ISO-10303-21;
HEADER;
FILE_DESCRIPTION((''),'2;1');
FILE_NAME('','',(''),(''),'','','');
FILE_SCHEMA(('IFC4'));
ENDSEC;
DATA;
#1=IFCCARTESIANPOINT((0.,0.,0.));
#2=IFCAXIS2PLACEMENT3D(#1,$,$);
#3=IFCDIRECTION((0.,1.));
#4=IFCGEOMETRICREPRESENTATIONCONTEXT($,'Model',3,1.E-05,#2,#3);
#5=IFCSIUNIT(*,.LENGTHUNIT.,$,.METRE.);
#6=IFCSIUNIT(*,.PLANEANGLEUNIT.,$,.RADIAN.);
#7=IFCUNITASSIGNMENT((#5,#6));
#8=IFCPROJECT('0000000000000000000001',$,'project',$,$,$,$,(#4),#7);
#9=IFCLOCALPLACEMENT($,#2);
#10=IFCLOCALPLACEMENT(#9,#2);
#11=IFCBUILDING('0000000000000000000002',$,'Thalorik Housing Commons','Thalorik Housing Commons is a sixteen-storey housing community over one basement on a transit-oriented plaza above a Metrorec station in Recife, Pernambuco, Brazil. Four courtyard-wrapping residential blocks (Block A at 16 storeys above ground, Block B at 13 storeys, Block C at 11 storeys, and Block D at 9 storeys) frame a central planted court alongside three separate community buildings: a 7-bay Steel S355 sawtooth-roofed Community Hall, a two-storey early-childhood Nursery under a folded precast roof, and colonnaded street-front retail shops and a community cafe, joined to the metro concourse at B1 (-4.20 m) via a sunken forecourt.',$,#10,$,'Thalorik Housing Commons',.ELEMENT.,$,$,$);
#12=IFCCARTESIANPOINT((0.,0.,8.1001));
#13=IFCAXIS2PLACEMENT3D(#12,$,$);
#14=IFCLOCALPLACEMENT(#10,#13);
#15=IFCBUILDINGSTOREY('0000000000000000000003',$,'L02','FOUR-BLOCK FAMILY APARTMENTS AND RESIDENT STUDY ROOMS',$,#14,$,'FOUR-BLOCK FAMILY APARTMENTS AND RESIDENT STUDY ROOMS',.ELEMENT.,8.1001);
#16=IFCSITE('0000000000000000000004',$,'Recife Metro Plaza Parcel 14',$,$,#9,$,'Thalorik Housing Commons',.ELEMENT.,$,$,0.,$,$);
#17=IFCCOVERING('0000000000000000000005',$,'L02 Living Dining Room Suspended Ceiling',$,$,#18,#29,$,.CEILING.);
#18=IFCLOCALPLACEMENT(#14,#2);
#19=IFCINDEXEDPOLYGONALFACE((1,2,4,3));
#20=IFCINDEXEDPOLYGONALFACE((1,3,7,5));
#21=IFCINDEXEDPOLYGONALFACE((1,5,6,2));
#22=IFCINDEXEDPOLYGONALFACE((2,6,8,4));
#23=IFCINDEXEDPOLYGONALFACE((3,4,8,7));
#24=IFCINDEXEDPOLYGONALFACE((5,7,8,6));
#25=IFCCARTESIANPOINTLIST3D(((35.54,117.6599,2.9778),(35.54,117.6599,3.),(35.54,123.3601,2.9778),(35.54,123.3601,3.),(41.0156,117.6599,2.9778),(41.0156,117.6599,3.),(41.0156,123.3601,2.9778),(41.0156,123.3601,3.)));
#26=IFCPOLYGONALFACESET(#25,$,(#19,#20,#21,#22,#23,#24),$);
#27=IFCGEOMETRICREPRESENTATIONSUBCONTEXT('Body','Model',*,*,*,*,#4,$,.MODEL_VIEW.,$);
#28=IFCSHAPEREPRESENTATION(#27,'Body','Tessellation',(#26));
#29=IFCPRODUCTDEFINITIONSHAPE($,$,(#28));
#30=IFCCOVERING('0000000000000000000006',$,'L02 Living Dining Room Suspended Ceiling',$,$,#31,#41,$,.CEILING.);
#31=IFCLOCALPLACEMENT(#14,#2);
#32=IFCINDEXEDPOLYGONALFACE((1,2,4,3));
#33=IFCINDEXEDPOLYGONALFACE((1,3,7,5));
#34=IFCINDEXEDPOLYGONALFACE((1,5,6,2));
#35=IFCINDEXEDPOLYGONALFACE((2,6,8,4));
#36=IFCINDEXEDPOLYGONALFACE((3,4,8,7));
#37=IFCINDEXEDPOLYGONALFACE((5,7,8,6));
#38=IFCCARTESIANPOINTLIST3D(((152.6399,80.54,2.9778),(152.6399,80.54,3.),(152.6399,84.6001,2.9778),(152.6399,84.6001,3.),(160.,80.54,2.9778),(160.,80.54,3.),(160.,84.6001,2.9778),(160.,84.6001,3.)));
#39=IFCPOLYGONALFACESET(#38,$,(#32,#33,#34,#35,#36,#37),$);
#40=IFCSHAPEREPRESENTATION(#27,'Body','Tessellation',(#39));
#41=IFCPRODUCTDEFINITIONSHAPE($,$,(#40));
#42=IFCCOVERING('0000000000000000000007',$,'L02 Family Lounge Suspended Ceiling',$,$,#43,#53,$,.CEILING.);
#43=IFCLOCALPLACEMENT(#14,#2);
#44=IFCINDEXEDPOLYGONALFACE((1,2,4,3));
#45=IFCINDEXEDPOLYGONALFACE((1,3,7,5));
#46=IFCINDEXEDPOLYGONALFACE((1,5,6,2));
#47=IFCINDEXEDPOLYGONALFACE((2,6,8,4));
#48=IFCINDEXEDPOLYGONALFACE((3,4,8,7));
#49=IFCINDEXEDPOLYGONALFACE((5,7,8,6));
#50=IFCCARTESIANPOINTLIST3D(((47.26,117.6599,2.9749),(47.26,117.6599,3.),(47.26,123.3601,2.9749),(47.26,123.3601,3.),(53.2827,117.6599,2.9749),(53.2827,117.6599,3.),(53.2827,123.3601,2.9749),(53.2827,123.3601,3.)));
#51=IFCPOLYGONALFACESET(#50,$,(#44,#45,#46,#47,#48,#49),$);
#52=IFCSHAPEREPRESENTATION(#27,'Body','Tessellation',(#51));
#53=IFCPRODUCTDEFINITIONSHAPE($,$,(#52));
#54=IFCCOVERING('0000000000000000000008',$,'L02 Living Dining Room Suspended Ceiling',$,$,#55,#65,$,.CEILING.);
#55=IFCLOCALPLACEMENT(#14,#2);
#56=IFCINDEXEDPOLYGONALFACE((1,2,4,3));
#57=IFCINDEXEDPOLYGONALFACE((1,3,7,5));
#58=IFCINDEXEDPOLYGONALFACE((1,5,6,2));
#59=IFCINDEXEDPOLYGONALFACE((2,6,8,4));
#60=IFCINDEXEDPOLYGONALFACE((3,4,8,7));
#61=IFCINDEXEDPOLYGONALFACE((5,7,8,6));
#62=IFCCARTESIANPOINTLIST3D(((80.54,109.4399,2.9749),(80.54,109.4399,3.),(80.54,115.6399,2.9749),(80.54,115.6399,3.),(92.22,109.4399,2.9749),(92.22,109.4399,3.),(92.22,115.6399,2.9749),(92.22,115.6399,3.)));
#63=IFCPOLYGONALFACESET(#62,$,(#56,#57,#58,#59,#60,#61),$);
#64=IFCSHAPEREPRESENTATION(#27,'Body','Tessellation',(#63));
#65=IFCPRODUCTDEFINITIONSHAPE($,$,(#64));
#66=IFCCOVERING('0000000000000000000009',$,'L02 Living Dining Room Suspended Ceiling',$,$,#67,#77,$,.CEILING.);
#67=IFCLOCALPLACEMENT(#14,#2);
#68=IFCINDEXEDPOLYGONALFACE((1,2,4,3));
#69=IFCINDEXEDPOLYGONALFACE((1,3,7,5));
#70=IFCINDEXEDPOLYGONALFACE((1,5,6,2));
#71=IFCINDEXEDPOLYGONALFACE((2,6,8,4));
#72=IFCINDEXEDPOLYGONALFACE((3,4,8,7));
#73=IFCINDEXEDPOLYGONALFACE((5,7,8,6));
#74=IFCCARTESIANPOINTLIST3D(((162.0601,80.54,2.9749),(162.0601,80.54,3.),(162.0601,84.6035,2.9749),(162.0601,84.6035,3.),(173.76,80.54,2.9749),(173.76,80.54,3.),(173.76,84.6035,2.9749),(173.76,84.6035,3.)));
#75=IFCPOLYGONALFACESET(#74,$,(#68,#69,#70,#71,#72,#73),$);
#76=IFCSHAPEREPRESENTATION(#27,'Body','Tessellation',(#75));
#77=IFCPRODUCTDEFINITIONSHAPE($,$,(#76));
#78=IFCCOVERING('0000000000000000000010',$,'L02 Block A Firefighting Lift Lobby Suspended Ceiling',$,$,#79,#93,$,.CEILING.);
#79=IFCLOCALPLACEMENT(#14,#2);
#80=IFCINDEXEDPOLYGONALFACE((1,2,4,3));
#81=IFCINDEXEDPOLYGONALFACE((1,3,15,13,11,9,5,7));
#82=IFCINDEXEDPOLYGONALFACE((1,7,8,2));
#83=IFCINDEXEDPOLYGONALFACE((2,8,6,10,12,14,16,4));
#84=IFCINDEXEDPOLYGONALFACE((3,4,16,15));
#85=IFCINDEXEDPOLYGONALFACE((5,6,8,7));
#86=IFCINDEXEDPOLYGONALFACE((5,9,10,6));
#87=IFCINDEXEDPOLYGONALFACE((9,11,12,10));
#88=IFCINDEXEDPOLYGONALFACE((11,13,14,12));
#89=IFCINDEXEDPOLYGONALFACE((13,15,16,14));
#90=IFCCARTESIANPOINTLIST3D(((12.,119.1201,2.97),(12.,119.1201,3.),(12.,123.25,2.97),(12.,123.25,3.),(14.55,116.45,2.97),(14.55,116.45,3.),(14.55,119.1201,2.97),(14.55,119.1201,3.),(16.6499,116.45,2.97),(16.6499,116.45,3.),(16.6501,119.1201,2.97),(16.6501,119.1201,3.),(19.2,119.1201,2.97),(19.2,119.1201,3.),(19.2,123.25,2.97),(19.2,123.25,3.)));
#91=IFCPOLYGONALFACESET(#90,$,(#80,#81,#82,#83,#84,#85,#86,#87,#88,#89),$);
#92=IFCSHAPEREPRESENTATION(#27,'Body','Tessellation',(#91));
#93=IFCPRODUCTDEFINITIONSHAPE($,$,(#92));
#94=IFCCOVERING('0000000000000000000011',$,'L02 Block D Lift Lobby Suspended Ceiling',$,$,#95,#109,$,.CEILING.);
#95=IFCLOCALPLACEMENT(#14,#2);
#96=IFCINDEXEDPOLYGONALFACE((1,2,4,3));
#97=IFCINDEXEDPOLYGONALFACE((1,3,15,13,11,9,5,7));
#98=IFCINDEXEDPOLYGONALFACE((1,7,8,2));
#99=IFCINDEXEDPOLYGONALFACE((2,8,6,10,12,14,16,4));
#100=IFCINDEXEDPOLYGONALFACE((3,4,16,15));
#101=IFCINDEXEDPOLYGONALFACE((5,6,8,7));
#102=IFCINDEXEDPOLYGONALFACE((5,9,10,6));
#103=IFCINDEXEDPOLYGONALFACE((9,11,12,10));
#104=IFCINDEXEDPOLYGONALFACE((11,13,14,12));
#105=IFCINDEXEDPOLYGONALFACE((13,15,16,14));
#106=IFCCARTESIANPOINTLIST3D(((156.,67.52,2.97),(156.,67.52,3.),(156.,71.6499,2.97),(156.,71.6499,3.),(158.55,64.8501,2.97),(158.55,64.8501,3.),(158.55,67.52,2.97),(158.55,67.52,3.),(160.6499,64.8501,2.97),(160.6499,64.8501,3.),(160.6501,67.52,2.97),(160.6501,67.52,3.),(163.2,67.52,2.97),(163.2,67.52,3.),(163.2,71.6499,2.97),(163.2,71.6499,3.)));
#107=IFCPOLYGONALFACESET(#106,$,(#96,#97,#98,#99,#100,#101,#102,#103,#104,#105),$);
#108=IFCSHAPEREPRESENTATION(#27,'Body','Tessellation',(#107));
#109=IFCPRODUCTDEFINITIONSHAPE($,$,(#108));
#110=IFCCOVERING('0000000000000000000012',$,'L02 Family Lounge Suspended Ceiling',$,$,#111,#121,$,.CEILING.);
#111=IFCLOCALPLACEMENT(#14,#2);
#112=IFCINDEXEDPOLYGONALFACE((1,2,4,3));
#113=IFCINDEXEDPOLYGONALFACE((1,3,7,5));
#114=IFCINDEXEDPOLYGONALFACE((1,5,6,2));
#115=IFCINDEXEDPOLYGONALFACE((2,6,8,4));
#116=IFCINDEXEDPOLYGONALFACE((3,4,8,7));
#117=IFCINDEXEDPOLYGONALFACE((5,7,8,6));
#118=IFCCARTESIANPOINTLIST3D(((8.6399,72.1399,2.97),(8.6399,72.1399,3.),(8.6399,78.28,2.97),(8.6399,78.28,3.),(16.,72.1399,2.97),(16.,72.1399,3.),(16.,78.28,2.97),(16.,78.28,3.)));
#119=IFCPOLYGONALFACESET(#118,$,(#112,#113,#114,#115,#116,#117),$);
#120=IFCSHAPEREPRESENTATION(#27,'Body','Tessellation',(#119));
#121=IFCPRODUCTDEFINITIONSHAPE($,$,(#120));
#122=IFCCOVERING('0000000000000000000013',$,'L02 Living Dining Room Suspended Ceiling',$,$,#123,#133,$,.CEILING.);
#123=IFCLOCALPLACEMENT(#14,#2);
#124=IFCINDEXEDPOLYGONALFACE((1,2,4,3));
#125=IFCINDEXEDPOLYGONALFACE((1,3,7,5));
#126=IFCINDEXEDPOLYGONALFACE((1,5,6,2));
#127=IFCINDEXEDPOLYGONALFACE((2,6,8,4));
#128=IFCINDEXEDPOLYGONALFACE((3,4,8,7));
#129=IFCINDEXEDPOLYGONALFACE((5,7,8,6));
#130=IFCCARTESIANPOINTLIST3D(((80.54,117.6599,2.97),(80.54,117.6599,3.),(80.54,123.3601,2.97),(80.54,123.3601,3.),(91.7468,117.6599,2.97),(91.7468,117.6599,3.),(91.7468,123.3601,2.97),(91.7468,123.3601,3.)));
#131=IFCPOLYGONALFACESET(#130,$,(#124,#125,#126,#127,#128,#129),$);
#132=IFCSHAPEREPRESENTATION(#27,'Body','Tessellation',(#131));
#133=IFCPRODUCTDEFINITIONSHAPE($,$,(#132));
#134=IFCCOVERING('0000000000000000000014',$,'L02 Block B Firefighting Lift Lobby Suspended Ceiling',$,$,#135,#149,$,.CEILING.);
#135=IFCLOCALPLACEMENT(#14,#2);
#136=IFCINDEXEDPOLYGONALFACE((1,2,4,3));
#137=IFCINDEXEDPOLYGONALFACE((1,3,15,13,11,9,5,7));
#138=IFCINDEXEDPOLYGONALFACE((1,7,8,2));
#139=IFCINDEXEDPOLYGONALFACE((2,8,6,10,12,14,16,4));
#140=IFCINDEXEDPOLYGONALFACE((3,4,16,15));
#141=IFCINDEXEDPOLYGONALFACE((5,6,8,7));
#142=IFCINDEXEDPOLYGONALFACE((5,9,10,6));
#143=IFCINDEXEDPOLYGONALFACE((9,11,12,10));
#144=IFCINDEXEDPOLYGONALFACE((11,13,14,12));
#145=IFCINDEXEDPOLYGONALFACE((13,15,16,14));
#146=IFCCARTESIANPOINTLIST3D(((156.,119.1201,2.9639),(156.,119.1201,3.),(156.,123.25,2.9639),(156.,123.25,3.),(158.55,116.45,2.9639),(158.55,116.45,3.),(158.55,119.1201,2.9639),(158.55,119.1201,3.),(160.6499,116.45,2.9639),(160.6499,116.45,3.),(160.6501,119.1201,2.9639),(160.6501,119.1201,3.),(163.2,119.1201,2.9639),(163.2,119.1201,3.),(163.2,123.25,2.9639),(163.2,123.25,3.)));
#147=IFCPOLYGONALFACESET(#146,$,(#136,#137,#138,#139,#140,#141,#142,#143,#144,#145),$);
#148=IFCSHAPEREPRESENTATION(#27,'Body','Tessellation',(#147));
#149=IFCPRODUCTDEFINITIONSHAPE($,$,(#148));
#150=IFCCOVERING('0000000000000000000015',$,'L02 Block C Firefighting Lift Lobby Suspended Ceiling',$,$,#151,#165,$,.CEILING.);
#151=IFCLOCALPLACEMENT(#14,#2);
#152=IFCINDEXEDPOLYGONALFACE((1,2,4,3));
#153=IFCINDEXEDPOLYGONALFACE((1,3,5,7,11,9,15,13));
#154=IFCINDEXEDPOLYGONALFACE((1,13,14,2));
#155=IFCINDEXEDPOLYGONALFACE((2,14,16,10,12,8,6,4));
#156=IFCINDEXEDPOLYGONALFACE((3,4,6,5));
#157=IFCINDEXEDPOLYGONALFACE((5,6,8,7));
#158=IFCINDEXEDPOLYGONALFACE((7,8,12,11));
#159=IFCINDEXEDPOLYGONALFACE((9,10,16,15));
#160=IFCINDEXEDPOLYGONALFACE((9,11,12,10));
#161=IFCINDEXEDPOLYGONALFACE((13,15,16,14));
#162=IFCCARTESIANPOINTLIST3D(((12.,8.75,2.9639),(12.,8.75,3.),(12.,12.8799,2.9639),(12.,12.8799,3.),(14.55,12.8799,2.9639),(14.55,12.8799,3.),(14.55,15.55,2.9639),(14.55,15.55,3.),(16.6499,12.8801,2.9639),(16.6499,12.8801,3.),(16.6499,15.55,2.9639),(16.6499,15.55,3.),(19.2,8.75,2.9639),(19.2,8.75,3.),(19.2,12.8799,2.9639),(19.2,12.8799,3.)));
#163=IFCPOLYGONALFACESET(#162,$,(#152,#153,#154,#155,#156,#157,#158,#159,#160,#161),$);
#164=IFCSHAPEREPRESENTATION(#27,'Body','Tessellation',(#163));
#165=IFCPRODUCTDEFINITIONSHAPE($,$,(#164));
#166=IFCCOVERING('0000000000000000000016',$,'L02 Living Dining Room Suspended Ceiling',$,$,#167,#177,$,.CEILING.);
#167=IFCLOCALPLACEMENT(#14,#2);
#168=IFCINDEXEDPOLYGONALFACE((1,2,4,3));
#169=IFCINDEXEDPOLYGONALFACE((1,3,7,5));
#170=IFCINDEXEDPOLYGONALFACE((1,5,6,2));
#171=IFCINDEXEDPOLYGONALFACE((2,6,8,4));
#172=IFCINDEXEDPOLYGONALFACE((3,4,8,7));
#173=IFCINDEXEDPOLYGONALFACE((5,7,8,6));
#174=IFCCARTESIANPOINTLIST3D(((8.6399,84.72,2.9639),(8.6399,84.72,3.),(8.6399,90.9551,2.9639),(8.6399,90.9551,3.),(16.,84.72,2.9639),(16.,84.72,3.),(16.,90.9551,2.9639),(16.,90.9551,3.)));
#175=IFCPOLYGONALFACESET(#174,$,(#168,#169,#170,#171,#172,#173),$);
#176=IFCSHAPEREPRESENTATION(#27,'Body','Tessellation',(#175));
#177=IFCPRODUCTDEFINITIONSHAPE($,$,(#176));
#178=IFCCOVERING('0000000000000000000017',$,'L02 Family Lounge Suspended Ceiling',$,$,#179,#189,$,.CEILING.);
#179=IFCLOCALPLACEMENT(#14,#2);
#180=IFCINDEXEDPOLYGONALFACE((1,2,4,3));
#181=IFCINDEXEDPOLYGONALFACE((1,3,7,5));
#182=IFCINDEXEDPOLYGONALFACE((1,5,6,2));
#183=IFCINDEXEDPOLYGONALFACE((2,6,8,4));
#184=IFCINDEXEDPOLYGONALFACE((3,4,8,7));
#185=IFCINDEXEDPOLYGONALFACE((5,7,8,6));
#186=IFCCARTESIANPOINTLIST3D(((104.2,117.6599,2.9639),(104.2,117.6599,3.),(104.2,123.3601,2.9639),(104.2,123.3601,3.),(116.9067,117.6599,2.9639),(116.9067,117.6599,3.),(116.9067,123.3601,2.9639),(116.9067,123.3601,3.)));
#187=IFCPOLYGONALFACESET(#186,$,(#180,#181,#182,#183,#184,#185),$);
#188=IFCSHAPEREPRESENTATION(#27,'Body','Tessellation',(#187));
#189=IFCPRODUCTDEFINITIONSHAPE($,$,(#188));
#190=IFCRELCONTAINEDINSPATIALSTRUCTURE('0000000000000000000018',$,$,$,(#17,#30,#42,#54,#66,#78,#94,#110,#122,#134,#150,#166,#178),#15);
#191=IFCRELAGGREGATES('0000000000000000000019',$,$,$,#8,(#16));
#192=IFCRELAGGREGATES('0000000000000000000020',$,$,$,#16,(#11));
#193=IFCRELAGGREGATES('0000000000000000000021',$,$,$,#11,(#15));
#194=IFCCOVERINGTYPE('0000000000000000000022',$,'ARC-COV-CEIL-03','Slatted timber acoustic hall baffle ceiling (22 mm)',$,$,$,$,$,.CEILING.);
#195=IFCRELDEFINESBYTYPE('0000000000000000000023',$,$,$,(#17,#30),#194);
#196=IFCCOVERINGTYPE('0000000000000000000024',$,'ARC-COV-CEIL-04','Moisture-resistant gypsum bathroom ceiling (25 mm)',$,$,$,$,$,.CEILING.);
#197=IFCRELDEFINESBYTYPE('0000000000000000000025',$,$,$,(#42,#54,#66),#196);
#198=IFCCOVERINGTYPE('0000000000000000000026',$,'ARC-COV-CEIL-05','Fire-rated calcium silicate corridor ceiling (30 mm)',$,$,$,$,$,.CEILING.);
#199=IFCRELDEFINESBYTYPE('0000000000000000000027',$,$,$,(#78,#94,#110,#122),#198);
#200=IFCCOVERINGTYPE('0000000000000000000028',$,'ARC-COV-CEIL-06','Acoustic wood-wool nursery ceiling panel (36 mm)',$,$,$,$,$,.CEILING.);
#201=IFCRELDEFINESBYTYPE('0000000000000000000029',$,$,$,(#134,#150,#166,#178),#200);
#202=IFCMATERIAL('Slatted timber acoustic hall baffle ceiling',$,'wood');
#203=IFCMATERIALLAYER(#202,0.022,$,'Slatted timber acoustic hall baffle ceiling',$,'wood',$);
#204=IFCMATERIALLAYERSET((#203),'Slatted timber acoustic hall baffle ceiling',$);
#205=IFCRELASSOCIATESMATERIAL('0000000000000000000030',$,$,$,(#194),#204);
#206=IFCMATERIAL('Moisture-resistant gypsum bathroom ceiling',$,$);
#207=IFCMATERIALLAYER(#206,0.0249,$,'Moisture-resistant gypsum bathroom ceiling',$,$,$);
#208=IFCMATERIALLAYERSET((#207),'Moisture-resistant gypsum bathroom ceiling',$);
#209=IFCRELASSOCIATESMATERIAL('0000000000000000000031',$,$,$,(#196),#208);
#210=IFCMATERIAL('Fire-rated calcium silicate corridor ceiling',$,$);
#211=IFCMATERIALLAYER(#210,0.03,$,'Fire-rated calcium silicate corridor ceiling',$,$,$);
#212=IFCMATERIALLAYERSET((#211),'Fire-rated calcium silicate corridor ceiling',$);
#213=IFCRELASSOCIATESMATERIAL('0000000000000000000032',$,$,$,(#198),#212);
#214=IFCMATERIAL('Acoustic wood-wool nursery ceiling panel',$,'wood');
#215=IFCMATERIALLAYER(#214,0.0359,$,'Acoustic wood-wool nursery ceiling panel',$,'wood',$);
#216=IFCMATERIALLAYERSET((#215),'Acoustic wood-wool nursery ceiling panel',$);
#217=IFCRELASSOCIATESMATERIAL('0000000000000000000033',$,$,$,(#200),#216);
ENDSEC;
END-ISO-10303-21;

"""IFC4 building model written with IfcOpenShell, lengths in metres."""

from ifc_helpers import new_model, si_unit, direction, frame, origin, place, context, subcontext, project, spatial, polyline, outline, extrude, material, layer, layer_set, type_object, element, save


model = new_model("IFC4")

# Units and contexts
model_context = context("Model", 3, precision=1e-05, world=origin(), true_north=direction((0.0, 1.0)))
body_context = subcontext(model_context, "Body", "Model", "MODEL_VIEW")
ifc_project = project(units=[si_unit("LENGTHUNIT", "METRE"), si_unit("PLANEANGLEUNIT", "RADIAN")], contexts=[model_context])

# Site, building, storey
site_placement = place(None, origin())
site = spatial("IfcSite", under=ifc_project, at=site_placement, Name="Recife Metro Plaza Parcel 14", LongName="Thalorik Housing Commons", CompositionType="ELEMENT", RefElevation=0.0)
building_placement = place(site_placement, origin())
building = spatial("IfcBuilding", under=site, at=building_placement, Name="Thalorik Housing Commons", Description="Thalorik Housing Commons is a sixteen-storey housing community over one basement on a transit-oriented plaza above a Metrorec station in Recife, Pernambuco, Brazil. Four courtyard-wrapping residential blocks (Block A at 16 storeys above ground, Block B at 13 storeys, Block C at 11 storeys, and Block D at 9 storeys) frame a central planted court alongside three separate community buildings: a 7-bay Steel S355 sawtooth-roofed Community Hall, a two-storey early-childhood Nursery under a folded precast roof, and colonnaded street-front retail shops and a community cafe, joined to the metro concourse at B1 (-4.20 m) via a sunken forecourt.", LongName="Thalorik Housing Commons", CompositionType="ELEMENT")
storey_placement = place(building_placement, frame((0.0, 0.0, 8.1001)))
storey = spatial("IfcBuildingStorey", under=building, at=storey_placement, Name="L02", Description="FOUR-BLOCK FAMILY APARTMENTS AND RESIDENT STUDY ROOMS", LongName="FOUR-BLOCK FAMILY APARTMENTS AND RESIDENT STUDY ROOMS", CompositionType="ELEMENT", Elevation=8.1001)

# Coverings
ifc_material_1 = material(Name="Slatted timber acoustic hall baffle ceiling", Category="wood")
ifc_layer_1 = layer(ifc_material_1, 0.022, Name="Slatted timber acoustic hall baffle ceiling", Category="wood")
ifc_layer_set_1 = layer_set([ifc_layer_1], Name="Slatted timber acoustic hall baffle ceiling")
covering_type_1 = type_object("IfcCoveringType", Name="ARC-COV-CEIL-03", Description="Slatted timber acoustic hall baffle ceiling (22 mm)", PredefinedType="CEILING", material=ifc_layer_set_1)
covering_1_placement = place(storey_placement, frame((0.0, 0.0, 2.9778)))
element("IfcCovering", 1, at=covering_1_placement, inside=storey, type_object=covering_type_1, Name="L02 Living Dining Room Suspended Ceiling", PredefinedType="CEILING", context=body_context, shape_type="SweptSolid", body=[
    extrude(outline(polyline([(41.0156, 117.6599), (41.0156, 123.3601), (35.54, 123.3601), (35.54, 117.6599), (41.0156, 117.6599)])), origin(), (0.0, 0.0, 1.0), 0.0222),
])
covering_2_placement = place(storey_placement, frame((0.0, 0.0, 2.9778)))
element("IfcCovering", 2, at=covering_2_placement, inside=storey, type_object=covering_type_1, Name="L02 Living Dining Room Suspended Ceiling", PredefinedType="CEILING", context=body_context, shape_type="SweptSolid", body=[
    extrude(outline(polyline([(160.0, 84.6001), (152.6399, 84.6001), (152.6399, 80.54), (160.0, 80.54), (160.0, 84.6001)])), origin(), (0.0, 0.0, 1.0), 0.0222),
])
ifc_material_2 = material(Name="Moisture-resistant gypsum bathroom ceiling")
ifc_layer_2 = layer(ifc_material_2, 0.0249, Name="Moisture-resistant gypsum bathroom ceiling")
ifc_layer_set_2 = layer_set([ifc_layer_2], Name="Moisture-resistant gypsum bathroom ceiling")
covering_type_2 = type_object("IfcCoveringType", Name="ARC-COV-CEIL-04", Description="Moisture-resistant gypsum bathroom ceiling (25 mm)", PredefinedType="CEILING", material=ifc_layer_set_2)
covering_3_placement = place(storey_placement, frame((0.0, 0.0, 2.9749)))
element("IfcCovering", 3, at=covering_3_placement, inside=storey, type_object=covering_type_2, Name="L02 Family Lounge Suspended Ceiling", PredefinedType="CEILING", context=body_context, shape_type="SweptSolid", body=[
    extrude(outline(polyline([(53.2827, 117.6599), (53.2827, 123.3601), (47.26, 123.3601), (47.26, 117.6599), (53.2827, 117.6599)])), origin(), (0.0, 0.0, 1.0), 0.0251),
])
covering_4_placement = place(storey_placement, frame((0.0, 0.0, 2.9749)))
element("IfcCovering", 4, at=covering_4_placement, inside=storey, type_object=covering_type_2, Name="L02 Living Dining Room Suspended Ceiling", PredefinedType="CEILING", context=body_context, shape_type="SweptSolid", body=[
    extrude(outline(polyline([(92.22, 109.4399), (92.22, 115.6399), (80.54, 115.6399), (80.54, 109.4399), (92.22, 109.4399)])), origin(), (0.0, 0.0, 1.0), 0.0251),
])
covering_5_placement = place(storey_placement, frame((0.0, 0.0, 2.9749)))
element("IfcCovering", 5, at=covering_5_placement, inside=storey, type_object=covering_type_2, Name="L02 Living Dining Room Suspended Ceiling", PredefinedType="CEILING", context=body_context, shape_type="SweptSolid", body=[
    extrude(outline(polyline([(173.76, 84.6035), (162.0601, 84.6035), (162.0601, 80.54), (173.76, 80.54), (173.76, 84.6035)])), origin(), (0.0, 0.0, 1.0), 0.0251),
])
ifc_material_3 = material(Name="Fire-rated calcium silicate corridor ceiling")
ifc_layer_3 = layer(ifc_material_3, 0.03, Name="Fire-rated calcium silicate corridor ceiling")
ifc_layer_set_3 = layer_set([ifc_layer_3], Name="Fire-rated calcium silicate corridor ceiling")
covering_type_3 = type_object("IfcCoveringType", Name="ARC-COV-CEIL-05", Description="Fire-rated calcium silicate corridor ceiling (30 mm)", PredefinedType="CEILING", material=ifc_layer_set_3)
covering_6_placement = place(storey_placement, frame((0.0, 0.0, 2.97)))
element("IfcCovering", 6, at=covering_6_placement, inside=storey, type_object=covering_type_3, Name="L02 Block A Firefighting Lift Lobby Suspended Ceiling", PredefinedType="CEILING", context=body_context, shape_type="SweptSolid", body=[
    extrude(outline(polyline([(14.55, 116.45), (16.6499, 116.45), (16.6501, 119.1201), (19.2, 119.1201), (19.2, 123.25), (12.0, 123.25), (12.0, 119.1201), (14.55, 119.1201), (14.55, 116.45)])), origin(), (0.0, 0.0, 1.0), 0.03),
])
covering_7_placement = place(storey_placement, frame((0.0, 0.0, 2.97)))
element("IfcCovering", 7, at=covering_7_placement, inside=storey, type_object=covering_type_3, Name="L02 Block D Lift Lobby Suspended Ceiling", PredefinedType="CEILING", context=body_context, shape_type="SweptSolid", body=[
    extrude(outline(polyline([(158.55, 64.8501), (160.6499, 64.8501), (160.6501, 67.52), (163.2, 67.52), (163.2, 71.6499), (156.0, 71.6499), (156.0, 67.52), (158.55, 67.52), (158.55, 64.8501)])), origin(), (0.0, 0.0, 1.0), 0.03),
])
covering_8_placement = place(storey_placement, frame((0.0, 0.0, 2.97)))
element("IfcCovering", 8, at=covering_8_placement, inside=storey, type_object=covering_type_3, Name="L02 Family Lounge Suspended Ceiling", PredefinedType="CEILING", context=body_context, shape_type="SweptSolid", body=[
    extrude(outline(polyline([(16.0, 78.28), (8.6399, 78.28), (8.6399, 72.1399), (16.0, 72.1399), (16.0, 78.28)])), origin(), (0.0, 0.0, 1.0), 0.03),
])
covering_9_placement = place(storey_placement, frame((0.0, 0.0, 2.97)))
element("IfcCovering", 9, at=covering_9_placement, inside=storey, type_object=covering_type_3, Name="L02 Living Dining Room Suspended Ceiling", PredefinedType="CEILING", context=body_context, shape_type="SweptSolid", body=[
    extrude(outline(polyline([(91.7468, 117.6599), (91.7468, 123.3601), (80.54, 123.3601), (80.54, 117.6599), (91.7468, 117.6599)])), origin(), (0.0, 0.0, 1.0), 0.03),
])
ifc_material_4 = material(Name="Acoustic wood-wool nursery ceiling panel", Category="wood")
ifc_layer_4 = layer(ifc_material_4, 0.0359, Name="Acoustic wood-wool nursery ceiling panel", Category="wood")
ifc_layer_set_4 = layer_set([ifc_layer_4], Name="Acoustic wood-wool nursery ceiling panel")
covering_type_4 = type_object("IfcCoveringType", Name="ARC-COV-CEIL-06", Description="Acoustic wood-wool nursery ceiling panel (36 mm)", PredefinedType="CEILING", material=ifc_layer_set_4)
covering_10_placement = place(storey_placement, frame((0.0, 0.0, 2.9639)))
element("IfcCovering", 10, at=covering_10_placement, inside=storey, type_object=covering_type_4, Name="L02 Block B Firefighting Lift Lobby Suspended Ceiling", PredefinedType="CEILING", context=body_context, shape_type="SweptSolid", body=[
    extrude(outline(polyline([(158.55, 116.45), (160.6499, 116.45), (160.6501, 119.1201), (163.2, 119.1201), (163.2, 123.25), (156.0, 123.25), (156.0, 119.1201), (158.55, 119.1201), (158.55, 116.45)])), origin(), (0.0, 0.0, 1.0), 0.0361),
])
covering_11_placement = place(storey_placement, frame((0.0, 0.0, 2.9639)))
element("IfcCovering", 11, at=covering_11_placement, inside=storey, type_object=covering_type_4, Name="L02 Block C Firefighting Lift Lobby Suspended Ceiling", PredefinedType="CEILING", context=body_context, shape_type="SweptSolid", body=[
    extrude(outline(polyline([(12.0, 12.8799), (12.0, 8.75), (19.2, 8.75), (19.2, 12.8799), (16.6499, 12.8801), (16.6499, 15.55), (14.55, 15.55), (14.55, 12.8799), (12.0, 12.8799)])), origin(), (0.0, 0.0, 1.0), 0.0361),
])
covering_12_placement = place(storey_placement, frame((0.0, 0.0, 2.9639)))
element("IfcCovering", 12, at=covering_12_placement, inside=storey, type_object=covering_type_4, Name="L02 Living Dining Room Suspended Ceiling", PredefinedType="CEILING", context=body_context, shape_type="SweptSolid", body=[
    extrude(outline(polyline([(16.0, 90.9551), (8.6399, 90.9551), (8.6399, 84.72), (16.0, 84.72), (16.0, 90.9551)])), origin(), (0.0, 0.0, 1.0), 0.0361),
])
covering_13_placement = place(storey_placement, frame((0.0, 0.0, 2.9639)))
element("IfcCovering", 13, at=covering_13_placement, inside=storey, type_object=covering_type_4, Name="L02 Family Lounge Suspended Ceiling", PredefinedType="CEILING", context=body_context, shape_type="SweptSolid", body=[
    extrude(outline(polyline([(116.9067, 117.6599), (116.9067, 123.3601), (104.2, 123.3601), (104.2, 117.6599), (116.9067, 117.6599)])), origin(), (0.0, 0.0, 1.0), 0.0361),
])

save(model, "model.ifc")
